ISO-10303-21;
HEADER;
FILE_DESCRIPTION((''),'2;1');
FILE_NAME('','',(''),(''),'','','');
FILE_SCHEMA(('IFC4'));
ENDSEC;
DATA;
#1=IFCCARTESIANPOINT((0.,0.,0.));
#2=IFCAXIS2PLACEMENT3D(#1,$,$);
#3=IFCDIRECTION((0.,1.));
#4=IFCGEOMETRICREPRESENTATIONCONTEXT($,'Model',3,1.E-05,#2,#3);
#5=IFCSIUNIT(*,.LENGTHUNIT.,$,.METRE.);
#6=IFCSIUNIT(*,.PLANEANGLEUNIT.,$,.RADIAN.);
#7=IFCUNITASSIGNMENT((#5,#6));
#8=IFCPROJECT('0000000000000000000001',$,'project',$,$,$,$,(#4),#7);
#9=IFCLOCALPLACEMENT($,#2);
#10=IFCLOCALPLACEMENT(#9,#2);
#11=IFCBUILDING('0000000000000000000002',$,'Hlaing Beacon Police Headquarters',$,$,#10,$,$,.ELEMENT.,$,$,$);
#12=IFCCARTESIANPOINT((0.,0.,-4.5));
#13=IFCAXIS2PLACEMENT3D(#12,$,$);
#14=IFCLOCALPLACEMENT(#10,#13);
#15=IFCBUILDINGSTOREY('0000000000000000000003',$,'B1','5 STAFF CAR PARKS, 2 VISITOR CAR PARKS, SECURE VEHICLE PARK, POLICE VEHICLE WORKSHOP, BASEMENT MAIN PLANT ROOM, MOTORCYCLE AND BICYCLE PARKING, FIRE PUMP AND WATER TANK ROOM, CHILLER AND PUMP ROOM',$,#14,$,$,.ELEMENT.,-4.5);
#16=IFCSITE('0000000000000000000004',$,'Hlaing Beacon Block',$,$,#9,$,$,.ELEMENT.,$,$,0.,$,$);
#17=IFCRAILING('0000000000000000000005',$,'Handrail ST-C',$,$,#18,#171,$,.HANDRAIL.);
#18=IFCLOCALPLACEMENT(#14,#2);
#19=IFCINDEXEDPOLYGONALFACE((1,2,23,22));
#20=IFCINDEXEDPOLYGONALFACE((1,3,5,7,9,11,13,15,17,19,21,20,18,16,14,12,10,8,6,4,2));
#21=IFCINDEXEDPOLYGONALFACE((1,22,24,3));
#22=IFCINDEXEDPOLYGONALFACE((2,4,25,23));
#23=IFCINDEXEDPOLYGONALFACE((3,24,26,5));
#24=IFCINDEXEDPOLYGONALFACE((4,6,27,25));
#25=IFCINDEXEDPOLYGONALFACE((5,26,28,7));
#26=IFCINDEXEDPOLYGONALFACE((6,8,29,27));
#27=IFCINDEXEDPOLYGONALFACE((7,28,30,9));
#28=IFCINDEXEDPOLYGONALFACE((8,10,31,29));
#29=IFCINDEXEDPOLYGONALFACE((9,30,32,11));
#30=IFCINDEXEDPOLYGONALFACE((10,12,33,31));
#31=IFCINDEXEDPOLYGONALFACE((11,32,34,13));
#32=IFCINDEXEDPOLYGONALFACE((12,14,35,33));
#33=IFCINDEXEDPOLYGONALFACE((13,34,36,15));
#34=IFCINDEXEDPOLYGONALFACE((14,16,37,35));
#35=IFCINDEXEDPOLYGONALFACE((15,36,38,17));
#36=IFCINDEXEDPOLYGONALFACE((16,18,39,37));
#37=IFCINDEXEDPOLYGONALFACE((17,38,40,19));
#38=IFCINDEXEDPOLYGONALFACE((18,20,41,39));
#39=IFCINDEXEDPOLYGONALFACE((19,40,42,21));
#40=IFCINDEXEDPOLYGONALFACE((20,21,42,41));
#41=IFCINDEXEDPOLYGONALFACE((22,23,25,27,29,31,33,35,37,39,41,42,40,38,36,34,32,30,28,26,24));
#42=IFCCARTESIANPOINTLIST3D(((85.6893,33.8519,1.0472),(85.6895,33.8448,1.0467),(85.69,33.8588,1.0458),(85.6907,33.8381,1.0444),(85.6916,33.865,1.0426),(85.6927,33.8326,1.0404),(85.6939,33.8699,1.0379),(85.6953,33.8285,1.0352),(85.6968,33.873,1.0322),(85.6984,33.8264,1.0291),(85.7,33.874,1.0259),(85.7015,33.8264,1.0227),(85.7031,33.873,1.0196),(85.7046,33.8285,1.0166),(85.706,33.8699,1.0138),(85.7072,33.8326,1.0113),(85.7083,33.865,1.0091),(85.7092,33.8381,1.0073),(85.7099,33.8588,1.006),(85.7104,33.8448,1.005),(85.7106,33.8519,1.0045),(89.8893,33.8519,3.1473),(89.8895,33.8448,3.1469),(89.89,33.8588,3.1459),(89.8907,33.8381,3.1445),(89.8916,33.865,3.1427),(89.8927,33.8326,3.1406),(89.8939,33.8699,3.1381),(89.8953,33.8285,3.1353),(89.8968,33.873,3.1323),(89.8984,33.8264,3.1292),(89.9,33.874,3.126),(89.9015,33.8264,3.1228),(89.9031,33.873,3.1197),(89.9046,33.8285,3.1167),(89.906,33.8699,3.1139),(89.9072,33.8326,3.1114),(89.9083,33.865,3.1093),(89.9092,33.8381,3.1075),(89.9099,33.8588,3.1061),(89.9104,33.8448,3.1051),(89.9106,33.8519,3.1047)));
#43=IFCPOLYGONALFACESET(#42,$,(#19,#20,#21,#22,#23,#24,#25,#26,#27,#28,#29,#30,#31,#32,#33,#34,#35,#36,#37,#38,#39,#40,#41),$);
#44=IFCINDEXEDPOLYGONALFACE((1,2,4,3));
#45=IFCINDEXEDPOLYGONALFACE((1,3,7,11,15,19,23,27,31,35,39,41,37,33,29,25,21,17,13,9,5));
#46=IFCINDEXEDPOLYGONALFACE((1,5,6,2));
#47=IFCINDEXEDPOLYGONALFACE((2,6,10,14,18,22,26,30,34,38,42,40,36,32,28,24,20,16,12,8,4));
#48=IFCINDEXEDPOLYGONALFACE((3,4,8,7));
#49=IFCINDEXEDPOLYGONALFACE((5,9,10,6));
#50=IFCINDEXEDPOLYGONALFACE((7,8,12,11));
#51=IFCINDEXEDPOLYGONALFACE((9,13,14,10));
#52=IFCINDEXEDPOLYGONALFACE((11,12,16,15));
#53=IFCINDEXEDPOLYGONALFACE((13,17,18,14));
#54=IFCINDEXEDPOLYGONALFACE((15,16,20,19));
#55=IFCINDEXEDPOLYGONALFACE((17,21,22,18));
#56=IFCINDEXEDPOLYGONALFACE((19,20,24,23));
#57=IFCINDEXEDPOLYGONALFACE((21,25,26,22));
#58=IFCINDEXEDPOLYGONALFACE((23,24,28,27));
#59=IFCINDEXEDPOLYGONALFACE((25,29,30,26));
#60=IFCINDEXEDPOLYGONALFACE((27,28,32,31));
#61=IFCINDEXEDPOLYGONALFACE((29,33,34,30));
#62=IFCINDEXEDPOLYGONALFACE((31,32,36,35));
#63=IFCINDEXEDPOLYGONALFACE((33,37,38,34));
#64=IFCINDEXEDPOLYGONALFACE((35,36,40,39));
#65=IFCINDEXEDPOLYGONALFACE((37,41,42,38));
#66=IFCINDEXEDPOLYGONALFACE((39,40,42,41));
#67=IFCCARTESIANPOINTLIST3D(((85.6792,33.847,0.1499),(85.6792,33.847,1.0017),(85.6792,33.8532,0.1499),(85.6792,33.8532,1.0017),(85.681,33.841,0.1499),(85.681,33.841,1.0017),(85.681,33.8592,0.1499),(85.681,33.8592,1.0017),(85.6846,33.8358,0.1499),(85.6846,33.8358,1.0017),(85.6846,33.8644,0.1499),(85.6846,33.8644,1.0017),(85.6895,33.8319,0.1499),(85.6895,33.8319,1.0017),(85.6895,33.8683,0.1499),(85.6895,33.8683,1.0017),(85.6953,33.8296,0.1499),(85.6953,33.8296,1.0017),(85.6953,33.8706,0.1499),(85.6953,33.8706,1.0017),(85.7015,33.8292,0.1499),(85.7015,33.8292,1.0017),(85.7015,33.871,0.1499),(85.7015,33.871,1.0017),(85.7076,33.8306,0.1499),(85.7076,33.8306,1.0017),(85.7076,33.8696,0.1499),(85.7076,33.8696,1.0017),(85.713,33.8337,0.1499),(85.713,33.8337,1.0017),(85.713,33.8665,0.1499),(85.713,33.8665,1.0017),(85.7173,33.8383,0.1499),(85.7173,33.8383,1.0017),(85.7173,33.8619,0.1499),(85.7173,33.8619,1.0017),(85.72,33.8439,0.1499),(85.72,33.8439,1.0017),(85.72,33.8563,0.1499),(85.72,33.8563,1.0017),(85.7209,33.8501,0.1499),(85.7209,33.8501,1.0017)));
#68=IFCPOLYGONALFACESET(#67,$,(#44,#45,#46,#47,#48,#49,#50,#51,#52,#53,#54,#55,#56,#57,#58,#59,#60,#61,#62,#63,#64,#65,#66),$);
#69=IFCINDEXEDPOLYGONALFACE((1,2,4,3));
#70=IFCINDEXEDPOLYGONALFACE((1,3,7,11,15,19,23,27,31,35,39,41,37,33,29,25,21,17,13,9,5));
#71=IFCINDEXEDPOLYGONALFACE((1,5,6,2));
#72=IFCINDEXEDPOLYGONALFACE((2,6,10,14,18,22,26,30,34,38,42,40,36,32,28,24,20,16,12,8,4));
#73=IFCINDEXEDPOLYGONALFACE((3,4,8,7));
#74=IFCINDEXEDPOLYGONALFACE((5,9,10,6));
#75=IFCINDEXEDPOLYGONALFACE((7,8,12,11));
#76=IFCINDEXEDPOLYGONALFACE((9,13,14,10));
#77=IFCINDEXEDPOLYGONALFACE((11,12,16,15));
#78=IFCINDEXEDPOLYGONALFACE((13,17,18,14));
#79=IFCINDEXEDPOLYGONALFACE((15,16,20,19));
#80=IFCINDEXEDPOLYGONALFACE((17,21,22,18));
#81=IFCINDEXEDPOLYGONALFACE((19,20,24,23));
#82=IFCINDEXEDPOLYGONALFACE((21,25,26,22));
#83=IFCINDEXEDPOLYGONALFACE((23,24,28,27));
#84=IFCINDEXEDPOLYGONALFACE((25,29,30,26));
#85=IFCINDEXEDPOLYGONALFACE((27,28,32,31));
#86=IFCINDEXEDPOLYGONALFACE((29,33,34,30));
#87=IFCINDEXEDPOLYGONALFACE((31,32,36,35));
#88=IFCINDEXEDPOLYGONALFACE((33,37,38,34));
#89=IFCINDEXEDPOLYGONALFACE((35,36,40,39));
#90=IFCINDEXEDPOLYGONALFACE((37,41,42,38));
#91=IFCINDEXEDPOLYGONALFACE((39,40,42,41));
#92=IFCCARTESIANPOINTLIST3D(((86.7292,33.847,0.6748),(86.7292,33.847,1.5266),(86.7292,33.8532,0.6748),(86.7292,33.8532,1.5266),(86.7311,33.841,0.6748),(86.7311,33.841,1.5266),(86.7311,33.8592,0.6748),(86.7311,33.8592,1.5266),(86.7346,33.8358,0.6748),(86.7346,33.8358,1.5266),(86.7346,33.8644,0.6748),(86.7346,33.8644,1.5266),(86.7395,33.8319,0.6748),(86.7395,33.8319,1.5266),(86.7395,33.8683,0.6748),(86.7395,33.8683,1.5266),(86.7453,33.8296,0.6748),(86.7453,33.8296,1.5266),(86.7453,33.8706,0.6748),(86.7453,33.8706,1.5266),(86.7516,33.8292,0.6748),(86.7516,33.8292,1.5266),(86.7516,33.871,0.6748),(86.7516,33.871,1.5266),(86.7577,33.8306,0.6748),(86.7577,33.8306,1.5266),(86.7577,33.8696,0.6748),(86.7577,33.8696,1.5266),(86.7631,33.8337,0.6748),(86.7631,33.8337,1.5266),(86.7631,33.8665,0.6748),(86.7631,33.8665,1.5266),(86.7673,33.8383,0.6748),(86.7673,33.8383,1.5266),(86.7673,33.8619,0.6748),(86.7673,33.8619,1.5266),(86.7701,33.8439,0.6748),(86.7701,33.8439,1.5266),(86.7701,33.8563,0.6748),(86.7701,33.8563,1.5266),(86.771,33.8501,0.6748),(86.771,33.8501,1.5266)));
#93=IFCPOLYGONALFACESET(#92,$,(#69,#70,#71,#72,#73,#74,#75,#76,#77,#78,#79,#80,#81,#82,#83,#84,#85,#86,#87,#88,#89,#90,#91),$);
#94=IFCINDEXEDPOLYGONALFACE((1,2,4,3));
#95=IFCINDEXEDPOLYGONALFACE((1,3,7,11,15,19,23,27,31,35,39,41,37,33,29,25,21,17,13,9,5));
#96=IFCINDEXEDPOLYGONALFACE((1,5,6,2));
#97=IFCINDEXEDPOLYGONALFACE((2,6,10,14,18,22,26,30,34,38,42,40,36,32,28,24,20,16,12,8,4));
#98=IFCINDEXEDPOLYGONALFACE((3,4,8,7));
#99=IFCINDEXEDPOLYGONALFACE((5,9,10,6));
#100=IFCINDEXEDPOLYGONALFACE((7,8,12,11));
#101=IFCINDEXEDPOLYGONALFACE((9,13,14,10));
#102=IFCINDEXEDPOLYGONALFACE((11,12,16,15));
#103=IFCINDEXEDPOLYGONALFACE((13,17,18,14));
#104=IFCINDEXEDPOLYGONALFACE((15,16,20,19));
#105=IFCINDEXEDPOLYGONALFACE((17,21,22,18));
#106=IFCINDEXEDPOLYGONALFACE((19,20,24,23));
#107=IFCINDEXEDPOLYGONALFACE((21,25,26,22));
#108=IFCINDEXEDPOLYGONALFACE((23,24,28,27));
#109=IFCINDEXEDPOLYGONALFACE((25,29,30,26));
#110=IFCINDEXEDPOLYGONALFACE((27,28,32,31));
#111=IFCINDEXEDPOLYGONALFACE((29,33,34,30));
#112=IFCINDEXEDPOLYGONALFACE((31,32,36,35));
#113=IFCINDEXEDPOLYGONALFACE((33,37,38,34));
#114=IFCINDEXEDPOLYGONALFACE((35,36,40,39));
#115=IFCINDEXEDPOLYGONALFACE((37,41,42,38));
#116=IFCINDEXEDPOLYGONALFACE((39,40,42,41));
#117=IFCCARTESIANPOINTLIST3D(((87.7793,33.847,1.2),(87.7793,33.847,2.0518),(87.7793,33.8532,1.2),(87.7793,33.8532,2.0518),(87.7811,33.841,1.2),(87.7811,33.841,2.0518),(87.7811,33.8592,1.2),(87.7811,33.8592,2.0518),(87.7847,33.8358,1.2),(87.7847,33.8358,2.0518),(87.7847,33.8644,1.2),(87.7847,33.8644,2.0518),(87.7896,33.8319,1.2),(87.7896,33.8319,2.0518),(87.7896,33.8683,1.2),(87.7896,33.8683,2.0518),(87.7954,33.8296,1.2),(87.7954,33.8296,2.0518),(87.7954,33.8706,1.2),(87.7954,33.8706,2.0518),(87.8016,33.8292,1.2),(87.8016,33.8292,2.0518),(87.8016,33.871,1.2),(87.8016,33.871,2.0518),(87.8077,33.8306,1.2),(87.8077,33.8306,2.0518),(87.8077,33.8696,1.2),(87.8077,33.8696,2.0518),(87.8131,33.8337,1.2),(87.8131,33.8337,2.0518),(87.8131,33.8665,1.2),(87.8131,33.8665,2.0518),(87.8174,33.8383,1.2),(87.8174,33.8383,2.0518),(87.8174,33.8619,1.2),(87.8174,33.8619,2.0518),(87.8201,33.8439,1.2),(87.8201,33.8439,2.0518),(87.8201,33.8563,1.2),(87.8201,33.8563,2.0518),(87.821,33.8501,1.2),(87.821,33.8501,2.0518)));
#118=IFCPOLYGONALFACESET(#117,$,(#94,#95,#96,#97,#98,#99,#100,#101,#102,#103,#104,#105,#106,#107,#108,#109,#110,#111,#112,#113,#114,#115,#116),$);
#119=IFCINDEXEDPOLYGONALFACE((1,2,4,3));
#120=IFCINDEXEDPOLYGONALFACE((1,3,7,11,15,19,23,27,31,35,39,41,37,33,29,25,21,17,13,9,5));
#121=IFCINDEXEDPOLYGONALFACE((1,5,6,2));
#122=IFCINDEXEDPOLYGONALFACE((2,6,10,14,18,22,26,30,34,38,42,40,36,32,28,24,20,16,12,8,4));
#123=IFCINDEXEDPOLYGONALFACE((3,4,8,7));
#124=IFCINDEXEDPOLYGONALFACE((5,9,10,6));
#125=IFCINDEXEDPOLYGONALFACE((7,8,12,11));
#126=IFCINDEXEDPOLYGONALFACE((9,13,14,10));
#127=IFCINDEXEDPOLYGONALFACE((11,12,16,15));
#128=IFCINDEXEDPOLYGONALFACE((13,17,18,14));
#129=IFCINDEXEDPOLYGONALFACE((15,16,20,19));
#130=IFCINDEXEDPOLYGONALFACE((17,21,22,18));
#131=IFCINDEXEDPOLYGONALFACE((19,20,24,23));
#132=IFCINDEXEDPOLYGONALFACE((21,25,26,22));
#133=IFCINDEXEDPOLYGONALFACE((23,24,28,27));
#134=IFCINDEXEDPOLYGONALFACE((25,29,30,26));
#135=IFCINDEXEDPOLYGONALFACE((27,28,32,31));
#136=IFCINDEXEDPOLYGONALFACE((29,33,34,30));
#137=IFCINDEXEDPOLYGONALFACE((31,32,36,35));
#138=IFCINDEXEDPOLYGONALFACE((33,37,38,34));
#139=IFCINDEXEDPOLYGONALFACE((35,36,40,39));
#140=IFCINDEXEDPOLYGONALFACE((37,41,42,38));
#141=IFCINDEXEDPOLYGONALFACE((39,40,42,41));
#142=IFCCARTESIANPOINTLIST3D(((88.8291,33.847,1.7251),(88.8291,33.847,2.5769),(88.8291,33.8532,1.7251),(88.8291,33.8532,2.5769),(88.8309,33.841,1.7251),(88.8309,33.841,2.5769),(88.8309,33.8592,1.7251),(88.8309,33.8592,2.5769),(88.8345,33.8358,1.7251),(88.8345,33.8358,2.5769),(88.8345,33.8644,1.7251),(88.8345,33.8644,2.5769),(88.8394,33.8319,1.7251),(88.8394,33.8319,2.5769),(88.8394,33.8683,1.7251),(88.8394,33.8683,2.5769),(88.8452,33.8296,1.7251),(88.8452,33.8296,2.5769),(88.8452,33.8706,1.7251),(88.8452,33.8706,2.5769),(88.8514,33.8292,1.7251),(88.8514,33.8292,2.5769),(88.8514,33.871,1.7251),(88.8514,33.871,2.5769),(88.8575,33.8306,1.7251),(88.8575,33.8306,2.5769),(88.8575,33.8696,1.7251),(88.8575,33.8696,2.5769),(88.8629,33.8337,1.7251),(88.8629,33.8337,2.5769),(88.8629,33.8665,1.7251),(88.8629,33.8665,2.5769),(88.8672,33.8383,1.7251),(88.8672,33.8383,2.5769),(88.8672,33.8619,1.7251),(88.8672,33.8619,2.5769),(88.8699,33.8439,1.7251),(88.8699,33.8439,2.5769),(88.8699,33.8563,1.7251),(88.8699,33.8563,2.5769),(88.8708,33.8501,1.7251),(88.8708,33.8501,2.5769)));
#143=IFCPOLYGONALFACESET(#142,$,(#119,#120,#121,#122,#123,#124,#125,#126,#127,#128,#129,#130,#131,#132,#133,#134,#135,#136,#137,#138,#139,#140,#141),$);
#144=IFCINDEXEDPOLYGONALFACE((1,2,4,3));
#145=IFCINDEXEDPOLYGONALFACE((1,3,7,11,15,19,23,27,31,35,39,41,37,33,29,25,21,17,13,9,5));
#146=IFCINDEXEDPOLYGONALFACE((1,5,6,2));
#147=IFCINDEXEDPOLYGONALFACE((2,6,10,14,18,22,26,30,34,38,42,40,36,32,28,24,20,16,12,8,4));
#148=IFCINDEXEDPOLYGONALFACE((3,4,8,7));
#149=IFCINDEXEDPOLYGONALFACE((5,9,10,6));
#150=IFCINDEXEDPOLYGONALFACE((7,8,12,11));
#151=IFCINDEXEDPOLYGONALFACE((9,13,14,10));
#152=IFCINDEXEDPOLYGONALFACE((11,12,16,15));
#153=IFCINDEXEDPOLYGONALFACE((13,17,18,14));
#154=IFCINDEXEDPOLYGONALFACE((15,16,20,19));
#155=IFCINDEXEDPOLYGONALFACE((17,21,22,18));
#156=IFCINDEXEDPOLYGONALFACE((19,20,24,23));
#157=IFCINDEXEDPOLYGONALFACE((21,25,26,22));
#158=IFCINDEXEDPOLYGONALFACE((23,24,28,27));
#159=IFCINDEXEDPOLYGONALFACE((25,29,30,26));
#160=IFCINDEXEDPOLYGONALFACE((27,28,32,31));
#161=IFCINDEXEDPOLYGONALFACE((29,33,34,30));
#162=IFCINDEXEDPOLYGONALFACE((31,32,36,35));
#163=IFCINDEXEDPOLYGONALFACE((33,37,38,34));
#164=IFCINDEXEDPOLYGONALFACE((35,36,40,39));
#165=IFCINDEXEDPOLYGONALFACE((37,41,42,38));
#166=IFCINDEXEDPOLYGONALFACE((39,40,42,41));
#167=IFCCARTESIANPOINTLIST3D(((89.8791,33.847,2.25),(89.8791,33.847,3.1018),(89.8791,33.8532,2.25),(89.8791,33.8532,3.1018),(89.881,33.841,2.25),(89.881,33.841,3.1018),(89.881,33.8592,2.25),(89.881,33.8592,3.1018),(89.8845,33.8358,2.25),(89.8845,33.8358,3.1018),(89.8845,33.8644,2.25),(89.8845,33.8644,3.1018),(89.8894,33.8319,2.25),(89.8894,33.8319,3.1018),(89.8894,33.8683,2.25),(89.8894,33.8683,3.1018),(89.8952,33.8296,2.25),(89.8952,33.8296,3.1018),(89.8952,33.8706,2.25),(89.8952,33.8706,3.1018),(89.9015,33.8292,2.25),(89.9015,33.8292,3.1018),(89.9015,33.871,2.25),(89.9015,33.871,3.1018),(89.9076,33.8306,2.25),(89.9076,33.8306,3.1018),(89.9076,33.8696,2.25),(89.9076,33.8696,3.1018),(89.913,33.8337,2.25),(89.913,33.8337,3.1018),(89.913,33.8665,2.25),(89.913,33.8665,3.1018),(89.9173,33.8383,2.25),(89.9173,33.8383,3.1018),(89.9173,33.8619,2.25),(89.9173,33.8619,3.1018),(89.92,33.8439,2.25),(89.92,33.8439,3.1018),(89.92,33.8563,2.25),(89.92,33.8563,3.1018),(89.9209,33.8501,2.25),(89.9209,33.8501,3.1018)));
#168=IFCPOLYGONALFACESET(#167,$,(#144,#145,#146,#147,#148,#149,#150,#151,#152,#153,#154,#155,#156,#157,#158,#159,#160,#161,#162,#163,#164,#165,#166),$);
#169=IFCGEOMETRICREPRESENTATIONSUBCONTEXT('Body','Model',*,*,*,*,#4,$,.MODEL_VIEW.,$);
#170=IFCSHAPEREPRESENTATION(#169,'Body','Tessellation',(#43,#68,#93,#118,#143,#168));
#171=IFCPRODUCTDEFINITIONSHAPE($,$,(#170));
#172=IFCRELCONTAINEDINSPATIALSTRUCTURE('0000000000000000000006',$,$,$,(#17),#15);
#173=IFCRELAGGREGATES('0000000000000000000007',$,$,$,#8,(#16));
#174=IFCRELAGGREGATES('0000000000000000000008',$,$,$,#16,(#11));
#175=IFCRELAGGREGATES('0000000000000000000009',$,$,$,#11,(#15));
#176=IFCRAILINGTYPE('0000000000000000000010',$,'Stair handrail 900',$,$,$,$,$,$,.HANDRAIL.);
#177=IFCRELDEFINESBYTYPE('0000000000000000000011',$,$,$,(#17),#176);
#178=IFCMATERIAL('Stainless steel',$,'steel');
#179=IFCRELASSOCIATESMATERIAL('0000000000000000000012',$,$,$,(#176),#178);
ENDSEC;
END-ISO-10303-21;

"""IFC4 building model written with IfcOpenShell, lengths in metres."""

from ifc_helpers import new_model, si_unit, direction, frame, origin, origin_2d, place, context, subcontext, project, spatial, circle, extrude, material, type_object, element, save


model = new_model("IFC4")

# Units and contexts
model_context = context("Model", 3, precision=1e-05, world=origin(), true_north=direction((0.0, 1.0)))
body_context = subcontext(model_context, "Body", "Model", "MODEL_VIEW")
ifc_project = project(units=[si_unit("LENGTHUNIT", "METRE"), si_unit("PLANEANGLEUNIT", "RADIAN")], contexts=[model_context])

# Site, building, storey
site_placement = place(None, origin())
site = spatial("IfcSite", under=ifc_project, at=site_placement, Name="Hlaing Beacon Block", CompositionType="ELEMENT", RefElevation=0.0)
building_placement = place(site_placement, origin())
building = spatial("IfcBuilding", under=site, at=building_placement, Name="Hlaing Beacon Police Headquarters", CompositionType="ELEMENT")
storey_placement = place(building_placement, frame((0.0, 0.0, -4.5)))
storey = spatial("IfcBuildingStorey", under=building, at=storey_placement, Name="B1", Description="5 STAFF CAR PARKS, 2 VISITOR CAR PARKS, SECURE VEHICLE PARK, POLICE VEHICLE WORKSHOP, BASEMENT MAIN PLANT ROOM, MOTORCYCLE AND BICYCLE PARKING, FIRE PUMP AND WATER TANK ROOM, CHILLER AND PUMP ROOM", CompositionType="ELEMENT", Elevation=-4.5)

# Railing
ifc_material_1 = material(Name="Stainless steel", Category="steel")
railing_type = type_object("IfcRailingType", Name="Stair handrail 900", PredefinedType="HANDRAIL", material=ifc_material_1)
for number, where, name in (
    (1, (85.7, 33.8501, 0.1499), "Handrail ST-C"),
):
    element("IfcRailing", number, at=place(storey_placement, frame(where)), inside=storey, type_object=railing_type, Name=name, PredefinedType="HANDRAIL", context=body_context, shape_type="SweptSolid", body=[
        extrude(circle(Radius=0.0239, at=origin_2d()), frame((0.0, 0.0, 0.876), z_axis=(0.894417, 0.0, 0.447234), x_axis=(0.0, 1.0, 0.0)), (0.0, 0.0, 1.0), 4.6958),
        extrude(circle(Radius=0.021, at=origin_2d()), origin(), (0.0, 0.0, 1.0), 0.8518),
        extrude(circle(Radius=0.021, at=origin_2d()), frame((1.05, 0.0, 0.5249)), (0.0, 0.0, 1.0), 0.8518),
        extrude(circle(Radius=0.021, at=origin_2d()), frame((2.1001, 0.0, 1.05)), (0.0, 0.0, 1.0), 0.8518),
        extrude(circle(Radius=0.021, at=origin_2d()), frame((3.1499, 0.0, 1.5752)), (0.0, 0.0, 1.0), 0.8518),
        extrude(circle(Radius=0.021, at=origin_2d()), frame((4.2, 0.0, 2.1001)), (0.0, 0.0, 1.0), 0.8518),
    ])

save(model, "model.ifc")
